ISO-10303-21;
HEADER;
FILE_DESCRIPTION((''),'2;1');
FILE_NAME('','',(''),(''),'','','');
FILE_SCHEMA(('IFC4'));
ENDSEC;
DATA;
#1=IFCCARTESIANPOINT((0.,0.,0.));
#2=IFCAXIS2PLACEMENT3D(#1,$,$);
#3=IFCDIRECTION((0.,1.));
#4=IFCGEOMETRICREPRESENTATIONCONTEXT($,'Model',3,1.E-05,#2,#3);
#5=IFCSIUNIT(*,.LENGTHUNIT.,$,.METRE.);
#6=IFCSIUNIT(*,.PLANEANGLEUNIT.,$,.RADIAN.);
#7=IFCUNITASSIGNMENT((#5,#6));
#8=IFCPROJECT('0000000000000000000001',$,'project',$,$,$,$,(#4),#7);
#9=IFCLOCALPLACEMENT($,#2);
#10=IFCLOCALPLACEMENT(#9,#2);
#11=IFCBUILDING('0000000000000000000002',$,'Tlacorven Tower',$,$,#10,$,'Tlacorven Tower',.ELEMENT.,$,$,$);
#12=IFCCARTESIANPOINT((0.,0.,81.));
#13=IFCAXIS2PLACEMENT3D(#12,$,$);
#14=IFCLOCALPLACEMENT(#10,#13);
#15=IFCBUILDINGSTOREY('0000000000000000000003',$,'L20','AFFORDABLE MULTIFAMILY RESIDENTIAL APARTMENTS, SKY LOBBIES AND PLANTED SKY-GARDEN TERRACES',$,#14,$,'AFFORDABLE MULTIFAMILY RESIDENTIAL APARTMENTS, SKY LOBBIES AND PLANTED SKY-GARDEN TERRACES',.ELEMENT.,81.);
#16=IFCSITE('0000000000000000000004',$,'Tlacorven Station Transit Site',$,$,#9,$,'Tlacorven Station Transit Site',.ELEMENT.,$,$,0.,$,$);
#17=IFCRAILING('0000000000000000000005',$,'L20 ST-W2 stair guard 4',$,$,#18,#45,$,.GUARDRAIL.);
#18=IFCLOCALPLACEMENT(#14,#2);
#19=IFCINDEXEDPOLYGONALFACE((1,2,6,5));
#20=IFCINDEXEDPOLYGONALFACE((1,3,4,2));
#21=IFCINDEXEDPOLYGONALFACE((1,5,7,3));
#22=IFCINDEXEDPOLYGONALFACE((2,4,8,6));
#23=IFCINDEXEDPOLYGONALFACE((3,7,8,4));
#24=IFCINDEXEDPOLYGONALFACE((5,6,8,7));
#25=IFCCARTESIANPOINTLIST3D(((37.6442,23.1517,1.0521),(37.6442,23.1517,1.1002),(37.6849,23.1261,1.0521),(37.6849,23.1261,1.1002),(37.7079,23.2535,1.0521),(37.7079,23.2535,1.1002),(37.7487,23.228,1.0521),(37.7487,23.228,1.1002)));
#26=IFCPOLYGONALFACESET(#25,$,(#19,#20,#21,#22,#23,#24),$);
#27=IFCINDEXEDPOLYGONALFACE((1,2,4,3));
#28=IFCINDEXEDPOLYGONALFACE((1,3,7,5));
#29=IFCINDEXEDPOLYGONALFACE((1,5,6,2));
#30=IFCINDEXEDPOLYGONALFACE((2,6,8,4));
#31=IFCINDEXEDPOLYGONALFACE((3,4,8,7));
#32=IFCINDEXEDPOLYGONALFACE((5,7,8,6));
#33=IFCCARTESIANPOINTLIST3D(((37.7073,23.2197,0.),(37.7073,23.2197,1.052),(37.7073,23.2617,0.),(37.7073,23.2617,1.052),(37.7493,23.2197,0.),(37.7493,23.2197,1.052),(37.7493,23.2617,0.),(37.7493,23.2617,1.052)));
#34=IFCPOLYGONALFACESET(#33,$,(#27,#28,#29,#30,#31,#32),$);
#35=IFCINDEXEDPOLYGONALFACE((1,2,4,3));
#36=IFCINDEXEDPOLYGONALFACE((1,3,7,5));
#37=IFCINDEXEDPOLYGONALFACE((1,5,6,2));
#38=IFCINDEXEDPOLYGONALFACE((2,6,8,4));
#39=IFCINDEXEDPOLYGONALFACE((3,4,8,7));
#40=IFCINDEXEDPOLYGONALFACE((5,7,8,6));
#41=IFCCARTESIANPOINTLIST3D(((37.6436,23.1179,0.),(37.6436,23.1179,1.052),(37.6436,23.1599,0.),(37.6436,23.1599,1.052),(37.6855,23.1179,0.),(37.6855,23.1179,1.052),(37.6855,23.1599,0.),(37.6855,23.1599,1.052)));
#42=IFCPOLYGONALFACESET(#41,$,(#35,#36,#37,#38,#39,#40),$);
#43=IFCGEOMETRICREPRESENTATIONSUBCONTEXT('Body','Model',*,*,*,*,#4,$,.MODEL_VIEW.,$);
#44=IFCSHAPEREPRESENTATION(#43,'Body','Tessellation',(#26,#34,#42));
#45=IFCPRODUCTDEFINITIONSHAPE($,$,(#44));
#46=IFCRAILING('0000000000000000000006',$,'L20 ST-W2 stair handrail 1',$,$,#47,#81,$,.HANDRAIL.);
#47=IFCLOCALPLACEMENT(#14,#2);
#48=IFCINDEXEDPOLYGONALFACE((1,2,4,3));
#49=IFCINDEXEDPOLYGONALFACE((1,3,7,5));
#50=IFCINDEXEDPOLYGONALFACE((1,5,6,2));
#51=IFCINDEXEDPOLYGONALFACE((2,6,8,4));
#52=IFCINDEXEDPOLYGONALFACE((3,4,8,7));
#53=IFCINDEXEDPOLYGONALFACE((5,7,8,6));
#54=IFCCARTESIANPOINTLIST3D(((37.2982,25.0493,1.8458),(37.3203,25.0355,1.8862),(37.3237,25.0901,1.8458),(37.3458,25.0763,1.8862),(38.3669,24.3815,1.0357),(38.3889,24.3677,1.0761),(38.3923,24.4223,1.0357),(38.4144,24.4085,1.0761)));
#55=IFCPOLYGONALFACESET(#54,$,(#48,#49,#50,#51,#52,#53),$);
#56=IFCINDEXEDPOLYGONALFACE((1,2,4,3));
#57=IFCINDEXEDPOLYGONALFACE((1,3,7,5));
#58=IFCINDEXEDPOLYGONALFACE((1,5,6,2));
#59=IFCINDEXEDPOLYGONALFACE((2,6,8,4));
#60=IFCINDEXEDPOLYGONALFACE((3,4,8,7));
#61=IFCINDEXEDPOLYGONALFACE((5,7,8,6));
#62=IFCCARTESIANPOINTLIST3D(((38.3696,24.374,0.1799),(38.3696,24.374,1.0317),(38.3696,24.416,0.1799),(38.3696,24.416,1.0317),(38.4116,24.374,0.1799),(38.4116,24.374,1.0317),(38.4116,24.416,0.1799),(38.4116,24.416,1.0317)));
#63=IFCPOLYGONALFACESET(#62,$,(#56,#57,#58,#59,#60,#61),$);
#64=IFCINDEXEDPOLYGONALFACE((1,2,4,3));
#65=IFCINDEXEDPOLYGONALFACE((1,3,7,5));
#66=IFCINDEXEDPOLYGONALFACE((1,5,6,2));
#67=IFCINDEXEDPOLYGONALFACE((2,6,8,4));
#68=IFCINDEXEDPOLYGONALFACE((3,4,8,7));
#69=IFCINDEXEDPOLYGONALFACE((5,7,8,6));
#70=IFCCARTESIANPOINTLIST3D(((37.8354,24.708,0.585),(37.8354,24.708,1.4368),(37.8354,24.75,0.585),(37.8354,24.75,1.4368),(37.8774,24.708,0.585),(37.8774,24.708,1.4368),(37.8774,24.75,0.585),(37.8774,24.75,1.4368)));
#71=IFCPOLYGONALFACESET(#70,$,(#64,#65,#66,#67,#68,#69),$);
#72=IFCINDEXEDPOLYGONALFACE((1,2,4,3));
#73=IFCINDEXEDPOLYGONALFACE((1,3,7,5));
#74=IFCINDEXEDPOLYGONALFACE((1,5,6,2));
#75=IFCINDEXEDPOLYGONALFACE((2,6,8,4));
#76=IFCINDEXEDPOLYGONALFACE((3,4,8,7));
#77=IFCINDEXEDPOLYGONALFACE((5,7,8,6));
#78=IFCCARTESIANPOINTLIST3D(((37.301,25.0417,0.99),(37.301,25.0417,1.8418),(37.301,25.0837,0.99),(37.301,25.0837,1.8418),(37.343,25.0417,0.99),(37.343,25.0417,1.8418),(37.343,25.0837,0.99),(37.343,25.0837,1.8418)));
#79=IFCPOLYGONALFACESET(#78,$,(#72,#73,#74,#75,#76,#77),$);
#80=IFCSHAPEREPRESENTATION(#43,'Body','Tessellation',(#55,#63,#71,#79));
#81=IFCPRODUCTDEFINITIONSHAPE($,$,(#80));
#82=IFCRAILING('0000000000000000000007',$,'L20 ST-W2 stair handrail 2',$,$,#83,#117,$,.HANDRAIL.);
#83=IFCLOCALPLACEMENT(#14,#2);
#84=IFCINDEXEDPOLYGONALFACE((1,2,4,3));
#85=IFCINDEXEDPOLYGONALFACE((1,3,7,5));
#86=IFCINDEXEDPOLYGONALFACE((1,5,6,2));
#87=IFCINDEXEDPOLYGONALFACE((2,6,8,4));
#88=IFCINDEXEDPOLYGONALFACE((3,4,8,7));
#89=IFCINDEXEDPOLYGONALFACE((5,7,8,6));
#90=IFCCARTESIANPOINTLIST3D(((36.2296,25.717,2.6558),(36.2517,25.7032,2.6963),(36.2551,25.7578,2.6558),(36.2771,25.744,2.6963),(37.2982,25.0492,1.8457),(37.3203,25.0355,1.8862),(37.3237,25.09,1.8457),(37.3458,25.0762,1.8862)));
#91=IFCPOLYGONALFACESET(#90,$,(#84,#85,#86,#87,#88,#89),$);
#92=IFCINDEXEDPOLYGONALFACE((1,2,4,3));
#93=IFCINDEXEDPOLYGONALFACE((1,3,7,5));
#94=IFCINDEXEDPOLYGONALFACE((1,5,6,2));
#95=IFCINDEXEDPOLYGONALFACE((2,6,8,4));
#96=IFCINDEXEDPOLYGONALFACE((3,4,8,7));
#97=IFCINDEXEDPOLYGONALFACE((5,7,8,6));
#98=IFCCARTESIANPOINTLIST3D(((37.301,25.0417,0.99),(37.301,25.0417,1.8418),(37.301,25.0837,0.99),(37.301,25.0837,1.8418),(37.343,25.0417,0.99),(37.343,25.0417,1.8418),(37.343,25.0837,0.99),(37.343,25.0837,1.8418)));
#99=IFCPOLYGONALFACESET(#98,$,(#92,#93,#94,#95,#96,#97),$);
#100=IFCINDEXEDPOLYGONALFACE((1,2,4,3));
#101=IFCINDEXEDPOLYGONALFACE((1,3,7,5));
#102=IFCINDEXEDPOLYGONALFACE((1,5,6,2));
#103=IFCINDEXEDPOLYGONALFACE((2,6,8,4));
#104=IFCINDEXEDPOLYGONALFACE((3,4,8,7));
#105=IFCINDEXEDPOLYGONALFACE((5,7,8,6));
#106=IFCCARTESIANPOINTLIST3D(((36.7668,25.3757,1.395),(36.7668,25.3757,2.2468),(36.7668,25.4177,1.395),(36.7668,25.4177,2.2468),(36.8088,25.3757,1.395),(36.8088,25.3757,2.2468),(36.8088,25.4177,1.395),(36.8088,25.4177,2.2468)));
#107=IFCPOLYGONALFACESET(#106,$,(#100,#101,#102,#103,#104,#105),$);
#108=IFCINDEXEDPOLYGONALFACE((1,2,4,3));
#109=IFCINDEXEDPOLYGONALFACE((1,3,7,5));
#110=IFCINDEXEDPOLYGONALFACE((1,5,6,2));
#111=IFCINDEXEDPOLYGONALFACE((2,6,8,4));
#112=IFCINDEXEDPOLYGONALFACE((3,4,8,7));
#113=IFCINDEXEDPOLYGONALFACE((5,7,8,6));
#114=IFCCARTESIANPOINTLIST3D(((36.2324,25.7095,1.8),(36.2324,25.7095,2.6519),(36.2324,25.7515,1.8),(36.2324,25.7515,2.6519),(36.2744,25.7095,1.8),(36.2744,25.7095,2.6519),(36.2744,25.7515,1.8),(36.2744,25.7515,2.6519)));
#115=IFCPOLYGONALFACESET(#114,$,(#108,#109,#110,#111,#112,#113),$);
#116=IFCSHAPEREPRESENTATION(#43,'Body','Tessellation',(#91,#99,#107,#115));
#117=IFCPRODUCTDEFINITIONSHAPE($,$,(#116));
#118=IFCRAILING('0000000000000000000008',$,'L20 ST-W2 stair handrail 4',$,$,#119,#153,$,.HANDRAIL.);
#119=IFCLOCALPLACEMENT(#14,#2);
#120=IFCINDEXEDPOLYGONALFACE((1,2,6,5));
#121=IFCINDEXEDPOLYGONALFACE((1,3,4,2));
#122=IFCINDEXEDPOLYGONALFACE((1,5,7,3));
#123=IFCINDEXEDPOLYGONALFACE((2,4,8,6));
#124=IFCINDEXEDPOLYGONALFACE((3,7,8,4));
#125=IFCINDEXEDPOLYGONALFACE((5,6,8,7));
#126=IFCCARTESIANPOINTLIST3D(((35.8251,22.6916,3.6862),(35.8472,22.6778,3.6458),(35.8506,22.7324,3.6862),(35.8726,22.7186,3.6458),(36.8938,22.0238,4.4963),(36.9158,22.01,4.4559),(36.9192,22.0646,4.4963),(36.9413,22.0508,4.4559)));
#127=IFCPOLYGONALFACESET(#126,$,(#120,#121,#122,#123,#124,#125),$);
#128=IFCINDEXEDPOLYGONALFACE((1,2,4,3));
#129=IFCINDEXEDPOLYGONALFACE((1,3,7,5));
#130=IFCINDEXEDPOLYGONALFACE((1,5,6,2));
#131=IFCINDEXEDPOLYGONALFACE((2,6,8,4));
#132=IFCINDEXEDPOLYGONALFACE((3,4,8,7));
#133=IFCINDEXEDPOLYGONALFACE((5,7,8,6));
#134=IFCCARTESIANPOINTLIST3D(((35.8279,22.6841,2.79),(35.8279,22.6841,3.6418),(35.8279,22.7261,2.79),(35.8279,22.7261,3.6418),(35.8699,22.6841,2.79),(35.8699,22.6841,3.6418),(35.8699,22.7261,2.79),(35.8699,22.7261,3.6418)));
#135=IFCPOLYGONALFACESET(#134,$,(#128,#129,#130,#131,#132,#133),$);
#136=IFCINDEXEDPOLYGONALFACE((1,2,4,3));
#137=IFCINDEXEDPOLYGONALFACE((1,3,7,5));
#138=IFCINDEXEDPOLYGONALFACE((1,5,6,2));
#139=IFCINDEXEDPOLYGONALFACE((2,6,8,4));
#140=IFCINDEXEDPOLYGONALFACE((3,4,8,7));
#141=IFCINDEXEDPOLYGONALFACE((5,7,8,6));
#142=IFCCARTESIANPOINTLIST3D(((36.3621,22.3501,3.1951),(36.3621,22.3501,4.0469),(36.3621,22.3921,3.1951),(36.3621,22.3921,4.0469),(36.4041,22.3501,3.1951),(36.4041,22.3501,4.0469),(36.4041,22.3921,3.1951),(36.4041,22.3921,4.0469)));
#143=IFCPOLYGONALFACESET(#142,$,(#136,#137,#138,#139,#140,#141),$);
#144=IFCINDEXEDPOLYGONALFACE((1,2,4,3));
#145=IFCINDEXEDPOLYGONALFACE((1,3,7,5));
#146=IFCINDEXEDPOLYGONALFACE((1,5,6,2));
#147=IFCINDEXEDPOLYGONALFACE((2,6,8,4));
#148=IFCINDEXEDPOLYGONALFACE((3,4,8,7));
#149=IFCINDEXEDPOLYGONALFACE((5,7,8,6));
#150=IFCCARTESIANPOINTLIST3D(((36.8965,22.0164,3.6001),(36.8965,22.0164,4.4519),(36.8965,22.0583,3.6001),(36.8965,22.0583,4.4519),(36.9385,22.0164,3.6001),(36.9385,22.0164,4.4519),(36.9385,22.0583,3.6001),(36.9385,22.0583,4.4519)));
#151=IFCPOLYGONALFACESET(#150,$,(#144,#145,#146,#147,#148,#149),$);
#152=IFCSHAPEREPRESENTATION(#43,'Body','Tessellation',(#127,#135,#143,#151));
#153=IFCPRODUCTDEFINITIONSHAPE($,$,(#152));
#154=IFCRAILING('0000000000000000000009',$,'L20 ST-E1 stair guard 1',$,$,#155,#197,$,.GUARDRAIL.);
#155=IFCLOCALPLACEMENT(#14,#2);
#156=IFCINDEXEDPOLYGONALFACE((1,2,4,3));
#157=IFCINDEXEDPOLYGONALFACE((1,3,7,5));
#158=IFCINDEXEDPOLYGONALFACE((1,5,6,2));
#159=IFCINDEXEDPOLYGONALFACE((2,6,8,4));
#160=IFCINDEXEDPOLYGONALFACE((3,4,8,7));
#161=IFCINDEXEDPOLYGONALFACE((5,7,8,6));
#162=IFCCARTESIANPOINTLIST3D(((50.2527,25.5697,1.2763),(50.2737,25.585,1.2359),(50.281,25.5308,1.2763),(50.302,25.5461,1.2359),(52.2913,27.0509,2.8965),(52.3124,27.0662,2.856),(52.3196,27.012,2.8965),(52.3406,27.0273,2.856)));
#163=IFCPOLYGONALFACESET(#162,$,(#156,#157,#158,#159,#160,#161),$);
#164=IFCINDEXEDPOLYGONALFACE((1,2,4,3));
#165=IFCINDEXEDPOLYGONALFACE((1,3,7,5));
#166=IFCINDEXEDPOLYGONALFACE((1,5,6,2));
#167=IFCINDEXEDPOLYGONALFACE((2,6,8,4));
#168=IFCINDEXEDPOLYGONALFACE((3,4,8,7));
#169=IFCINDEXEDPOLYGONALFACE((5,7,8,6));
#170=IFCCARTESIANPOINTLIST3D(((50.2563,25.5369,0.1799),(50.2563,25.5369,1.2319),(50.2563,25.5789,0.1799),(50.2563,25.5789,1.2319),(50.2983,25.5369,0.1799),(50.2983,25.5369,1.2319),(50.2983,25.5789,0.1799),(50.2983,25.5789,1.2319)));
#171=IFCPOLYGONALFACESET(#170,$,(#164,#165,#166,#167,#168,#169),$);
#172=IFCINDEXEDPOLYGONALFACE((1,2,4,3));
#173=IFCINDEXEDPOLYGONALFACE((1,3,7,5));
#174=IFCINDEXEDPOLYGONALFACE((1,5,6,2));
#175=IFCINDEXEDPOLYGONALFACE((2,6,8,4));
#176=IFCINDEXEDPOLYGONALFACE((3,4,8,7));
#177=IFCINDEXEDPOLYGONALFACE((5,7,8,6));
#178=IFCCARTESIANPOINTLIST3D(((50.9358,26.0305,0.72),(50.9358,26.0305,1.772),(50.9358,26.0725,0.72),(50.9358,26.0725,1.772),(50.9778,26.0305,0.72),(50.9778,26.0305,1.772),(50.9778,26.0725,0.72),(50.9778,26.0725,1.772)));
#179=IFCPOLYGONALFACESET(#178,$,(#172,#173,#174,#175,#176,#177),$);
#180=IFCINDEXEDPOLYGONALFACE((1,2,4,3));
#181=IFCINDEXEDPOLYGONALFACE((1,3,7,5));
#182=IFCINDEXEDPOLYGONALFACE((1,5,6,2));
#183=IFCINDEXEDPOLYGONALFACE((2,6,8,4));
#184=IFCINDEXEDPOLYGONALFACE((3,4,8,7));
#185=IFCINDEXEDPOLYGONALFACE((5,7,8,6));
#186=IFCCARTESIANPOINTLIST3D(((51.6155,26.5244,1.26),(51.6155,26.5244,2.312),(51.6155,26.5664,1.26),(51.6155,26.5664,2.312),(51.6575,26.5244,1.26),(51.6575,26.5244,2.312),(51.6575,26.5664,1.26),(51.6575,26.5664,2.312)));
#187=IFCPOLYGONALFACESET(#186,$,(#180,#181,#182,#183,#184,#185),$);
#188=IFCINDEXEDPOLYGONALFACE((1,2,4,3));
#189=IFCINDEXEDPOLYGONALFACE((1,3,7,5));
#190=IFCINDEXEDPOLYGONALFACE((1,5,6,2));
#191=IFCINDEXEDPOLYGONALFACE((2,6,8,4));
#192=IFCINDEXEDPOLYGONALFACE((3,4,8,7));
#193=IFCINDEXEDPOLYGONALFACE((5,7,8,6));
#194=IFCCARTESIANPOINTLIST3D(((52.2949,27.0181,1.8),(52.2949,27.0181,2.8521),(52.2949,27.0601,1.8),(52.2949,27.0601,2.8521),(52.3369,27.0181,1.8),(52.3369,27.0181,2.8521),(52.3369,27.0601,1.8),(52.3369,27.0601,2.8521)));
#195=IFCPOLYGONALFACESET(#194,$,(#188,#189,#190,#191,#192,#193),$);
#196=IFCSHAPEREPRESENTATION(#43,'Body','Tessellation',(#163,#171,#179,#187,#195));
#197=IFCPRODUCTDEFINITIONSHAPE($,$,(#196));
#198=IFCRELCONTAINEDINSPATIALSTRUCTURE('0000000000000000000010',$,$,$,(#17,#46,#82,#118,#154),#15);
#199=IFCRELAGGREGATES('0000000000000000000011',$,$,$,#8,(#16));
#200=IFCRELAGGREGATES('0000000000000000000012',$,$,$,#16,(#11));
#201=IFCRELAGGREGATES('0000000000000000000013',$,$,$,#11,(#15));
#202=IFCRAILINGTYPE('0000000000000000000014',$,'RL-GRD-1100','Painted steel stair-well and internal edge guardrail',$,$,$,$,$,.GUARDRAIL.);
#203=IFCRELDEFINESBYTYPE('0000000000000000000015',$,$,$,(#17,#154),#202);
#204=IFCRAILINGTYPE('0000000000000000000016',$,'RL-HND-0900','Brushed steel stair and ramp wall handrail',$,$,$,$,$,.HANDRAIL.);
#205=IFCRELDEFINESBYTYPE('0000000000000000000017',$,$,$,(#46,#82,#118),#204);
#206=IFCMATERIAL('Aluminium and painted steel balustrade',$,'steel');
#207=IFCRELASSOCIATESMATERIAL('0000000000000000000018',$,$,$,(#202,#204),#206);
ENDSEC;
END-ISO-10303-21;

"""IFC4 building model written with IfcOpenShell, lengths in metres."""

from ifc_helpers import new_model, si_unit, direction, frame, origin, origin_2d, place, context, subcontext, project, spatial, rectangle, extrude, source, transform, mapped, material, type_object, element, save


model = new_model("IFC4")

# Units and contexts
model_context = context("Model", 3, precision=1e-05, world=origin(), true_north=direction((0.0, 1.0)))
body_context = subcontext(model_context, "Body", "Model", "MODEL_VIEW")
ifc_project = project(units=[si_unit("LENGTHUNIT", "METRE"), si_unit("PLANEANGLEUNIT", "RADIAN")], contexts=[model_context])

# Site, building, storey
site_placement = place(None, origin())
site = spatial("IfcSite", under=ifc_project, at=site_placement, Name="Tlacorven Station Transit Site", LongName="Tlacorven Station Transit Site", CompositionType="ELEMENT", RefElevation=0.0)
building_placement = place(site_placement, origin())
building = spatial("IfcBuilding", under=site, at=building_placement, Name="Tlacorven Tower", LongName="Tlacorven Tower", CompositionType="ELEMENT")
storey_placement = place(building_placement, frame((0.0, 0.0, 81.0)))
storey = spatial("IfcBuildingStorey", under=building, at=storey_placement, Name="L20", Description="AFFORDABLE MULTIFAMILY RESIDENTIAL APARTMENTS, SKY LOBBIES AND PLANTED SKY-GARDEN TERRACES", LongName="AFFORDABLE MULTIFAMILY RESIDENTIAL APARTMENTS, SKY LOBBIES AND PLANTED SKY-GARDEN TERRACES", CompositionType="ELEMENT", Elevation=81.0)

# Railings
ifc_material_1 = material(Name="Aluminium and painted steel balustrade", Category="steel")
railing_type_1 = type_object("IfcRailingType", Name="RL-GRD-1100", Description="Painted steel stair-well and internal edge guardrail", PredefinedType="GUARDRAIL", material=ifc_material_1)
shared_shape_1 = source(origin(), body_context, "Body", "SweptSolid", [
    extrude(rectangle(XDim=0.0481, YDim=0.0481, at=origin_2d()), frame((0.0, 0.0, 1.0762), z_axis=(-0.530547, -0.847656, 0.0), x_axis=(0.847656, -0.530547, 0.0)), (0.0, 0.0, 1.0), 0.1201),
    extrude(rectangle(XDim=0.042, YDim=0.042, at=origin_2d()), origin(), (0.0, 0.0, 1.0), 1.052),
    extrude(rectangle(XDim=0.042, YDim=0.042, at=origin_2d()), frame((-0.0637, -0.1018, 0.0)), (0.0, 0.0, 1.0), 1.052),
])
railing_1_placement = place(storey_placement, frame((37.7283, 23.2407, 0.0)))
element("IfcRailing", 1, at=railing_1_placement, inside=storey, type_object=railing_type_1, Name="L20 ST-W2 stair guard 4", PredefinedType="GUARDRAIL", context=body_context, shape_type="MappedRepresentation", body=[
    mapped(shared_shape_1, transform((0.0, 0.0, 0.0), scale=1.0)),
])
railing_type_2 = type_object("IfcRailingType", Name="RL-HND-0900", Description="Brushed steel stair and ramp wall handrail", PredefinedType="HANDRAIL", material=ifc_material_1)
shared_shape_2 = source(origin(), body_context, "Body", "SweptSolid", [
    extrude(rectangle(XDim=0.0481, YDim=0.0481, at=origin_2d()), frame((0.0, 0.0, 0.876), z_axis=(-0.71336, 0.445748, 0.540765), x_axis=(-0.529912, -0.848053, 0.0)), (0.0, 0.0, 1.0), 1.498),
    extrude(rectangle(XDim=0.042, YDim=0.042, at=origin_2d()), origin(), (0.0, 0.0, 1.0), 0.8518),
    extrude(rectangle(XDim=0.042, YDim=0.042, at=origin_2d()), frame((-0.5342, 0.334, 0.405)), (0.0, 0.0, 1.0), 0.8518),
    extrude(rectangle(XDim=0.042, YDim=0.042, at=origin_2d()), frame((-1.0686, 0.6677, 0.8101)), (0.0, 0.0, 1.0), 0.8518),
])
for number, where, name in (
    (2, (38.3906, 24.395, 0.1799), "L20 ST-W2 stair handrail 1"),
    (3, (37.322, 25.0627, 0.99), "L20 ST-W2 stair handrail 2"),
):
    element("IfcRailing", number, at=place(storey_placement, frame(where)), inside=storey, type_object=railing_type_2, Name=name, PredefinedType="HANDRAIL", context=body_context, shape_type="MappedRepresentation", body=[
        mapped(shared_shape_2, transform((0.0, 0.0, 0.0), scale=1.0)),
    ])
shared_shape_3 = source(origin(), body_context, "Body", "SweptSolid", [
    extrude(rectangle(XDim=0.0481, YDim=0.0481, at=origin_2d()), frame((0.0, 0.0, 0.876), z_axis=(0.71336, -0.445748, 0.540765), x_axis=(0.529912, 0.848053, 0.0)), (0.0, 0.0, 1.0), 1.498),
    extrude(rectangle(XDim=0.042, YDim=0.042, at=origin_2d()), origin(), (0.0, 0.0, 1.0), 0.8518),
    extrude(rectangle(XDim=0.042, YDim=0.042, at=origin_2d()), frame((0.5342, -0.334, 0.405)), (0.0, 0.0, 1.0), 0.8518),
    extrude(rectangle(XDim=0.042, YDim=0.042, at=origin_2d()), frame((1.0686, -0.6677, 0.8101)), (0.0, 0.0, 1.0), 0.8518),
])
railing_2_placement = place(storey_placement, frame((35.8489, 22.7051, 2.79)))
element("IfcRailing", 4, at=railing_2_placement, inside=storey, type_object=railing_type_2, Name="L20 ST-W2 stair handrail 4", PredefinedType="HANDRAIL", context=body_context, shape_type="MappedRepresentation", body=[
    mapped(shared_shape_3, transform((0.0, 0.0, 0.0), scale=1.0)),
])
shared_shape_4 = source(origin(), body_context, "Body", "SweptSolid", [
    extrude(rectangle(XDim=0.0481, YDim=0.0481, at=origin_2d()), frame((0.0, 0.0, 1.0762), z_axis=(0.680489, 0.494434, 0.540805), x_axis=(-0.587809, 0.809, 0.0)), (0.0, 0.0, 1.0), 2.9958),
    extrude(rectangle(XDim=0.042, YDim=0.042, at=origin_2d()), origin(), (0.0, 0.0, 1.0), 1.052),
    extrude(rectangle(XDim=0.042, YDim=0.042, at=origin_2d()), frame((0.6794, 0.4937, 0.54)), (0.0, 0.0, 1.0), 1.052),
    extrude(rectangle(XDim=0.042, YDim=0.042, at=origin_2d()), frame((1.3591, 0.9875, 1.0801)), (0.0, 0.0, 1.0), 1.052),
    extrude(rectangle(XDim=0.042, YDim=0.042, at=origin_2d()), frame((2.0386, 1.4812, 1.6201)), (0.0, 0.0, 1.0), 1.052),
])
railing_3_placement = place(storey_placement, frame((50.2773, 25.5579, 0.1799)))
element("IfcRailing", 5, at=railing_3_placement, inside=storey, type_object=railing_type_1, Name="L20 ST-E1 stair guard 1", PredefinedType="GUARDRAIL", context=body_context, shape_type="MappedRepresentation", body=[
    mapped(shared_shape_4, transform((0.0, 0.0, 0.0), scale=1.0)),
])

save(model, "model.ifc")
